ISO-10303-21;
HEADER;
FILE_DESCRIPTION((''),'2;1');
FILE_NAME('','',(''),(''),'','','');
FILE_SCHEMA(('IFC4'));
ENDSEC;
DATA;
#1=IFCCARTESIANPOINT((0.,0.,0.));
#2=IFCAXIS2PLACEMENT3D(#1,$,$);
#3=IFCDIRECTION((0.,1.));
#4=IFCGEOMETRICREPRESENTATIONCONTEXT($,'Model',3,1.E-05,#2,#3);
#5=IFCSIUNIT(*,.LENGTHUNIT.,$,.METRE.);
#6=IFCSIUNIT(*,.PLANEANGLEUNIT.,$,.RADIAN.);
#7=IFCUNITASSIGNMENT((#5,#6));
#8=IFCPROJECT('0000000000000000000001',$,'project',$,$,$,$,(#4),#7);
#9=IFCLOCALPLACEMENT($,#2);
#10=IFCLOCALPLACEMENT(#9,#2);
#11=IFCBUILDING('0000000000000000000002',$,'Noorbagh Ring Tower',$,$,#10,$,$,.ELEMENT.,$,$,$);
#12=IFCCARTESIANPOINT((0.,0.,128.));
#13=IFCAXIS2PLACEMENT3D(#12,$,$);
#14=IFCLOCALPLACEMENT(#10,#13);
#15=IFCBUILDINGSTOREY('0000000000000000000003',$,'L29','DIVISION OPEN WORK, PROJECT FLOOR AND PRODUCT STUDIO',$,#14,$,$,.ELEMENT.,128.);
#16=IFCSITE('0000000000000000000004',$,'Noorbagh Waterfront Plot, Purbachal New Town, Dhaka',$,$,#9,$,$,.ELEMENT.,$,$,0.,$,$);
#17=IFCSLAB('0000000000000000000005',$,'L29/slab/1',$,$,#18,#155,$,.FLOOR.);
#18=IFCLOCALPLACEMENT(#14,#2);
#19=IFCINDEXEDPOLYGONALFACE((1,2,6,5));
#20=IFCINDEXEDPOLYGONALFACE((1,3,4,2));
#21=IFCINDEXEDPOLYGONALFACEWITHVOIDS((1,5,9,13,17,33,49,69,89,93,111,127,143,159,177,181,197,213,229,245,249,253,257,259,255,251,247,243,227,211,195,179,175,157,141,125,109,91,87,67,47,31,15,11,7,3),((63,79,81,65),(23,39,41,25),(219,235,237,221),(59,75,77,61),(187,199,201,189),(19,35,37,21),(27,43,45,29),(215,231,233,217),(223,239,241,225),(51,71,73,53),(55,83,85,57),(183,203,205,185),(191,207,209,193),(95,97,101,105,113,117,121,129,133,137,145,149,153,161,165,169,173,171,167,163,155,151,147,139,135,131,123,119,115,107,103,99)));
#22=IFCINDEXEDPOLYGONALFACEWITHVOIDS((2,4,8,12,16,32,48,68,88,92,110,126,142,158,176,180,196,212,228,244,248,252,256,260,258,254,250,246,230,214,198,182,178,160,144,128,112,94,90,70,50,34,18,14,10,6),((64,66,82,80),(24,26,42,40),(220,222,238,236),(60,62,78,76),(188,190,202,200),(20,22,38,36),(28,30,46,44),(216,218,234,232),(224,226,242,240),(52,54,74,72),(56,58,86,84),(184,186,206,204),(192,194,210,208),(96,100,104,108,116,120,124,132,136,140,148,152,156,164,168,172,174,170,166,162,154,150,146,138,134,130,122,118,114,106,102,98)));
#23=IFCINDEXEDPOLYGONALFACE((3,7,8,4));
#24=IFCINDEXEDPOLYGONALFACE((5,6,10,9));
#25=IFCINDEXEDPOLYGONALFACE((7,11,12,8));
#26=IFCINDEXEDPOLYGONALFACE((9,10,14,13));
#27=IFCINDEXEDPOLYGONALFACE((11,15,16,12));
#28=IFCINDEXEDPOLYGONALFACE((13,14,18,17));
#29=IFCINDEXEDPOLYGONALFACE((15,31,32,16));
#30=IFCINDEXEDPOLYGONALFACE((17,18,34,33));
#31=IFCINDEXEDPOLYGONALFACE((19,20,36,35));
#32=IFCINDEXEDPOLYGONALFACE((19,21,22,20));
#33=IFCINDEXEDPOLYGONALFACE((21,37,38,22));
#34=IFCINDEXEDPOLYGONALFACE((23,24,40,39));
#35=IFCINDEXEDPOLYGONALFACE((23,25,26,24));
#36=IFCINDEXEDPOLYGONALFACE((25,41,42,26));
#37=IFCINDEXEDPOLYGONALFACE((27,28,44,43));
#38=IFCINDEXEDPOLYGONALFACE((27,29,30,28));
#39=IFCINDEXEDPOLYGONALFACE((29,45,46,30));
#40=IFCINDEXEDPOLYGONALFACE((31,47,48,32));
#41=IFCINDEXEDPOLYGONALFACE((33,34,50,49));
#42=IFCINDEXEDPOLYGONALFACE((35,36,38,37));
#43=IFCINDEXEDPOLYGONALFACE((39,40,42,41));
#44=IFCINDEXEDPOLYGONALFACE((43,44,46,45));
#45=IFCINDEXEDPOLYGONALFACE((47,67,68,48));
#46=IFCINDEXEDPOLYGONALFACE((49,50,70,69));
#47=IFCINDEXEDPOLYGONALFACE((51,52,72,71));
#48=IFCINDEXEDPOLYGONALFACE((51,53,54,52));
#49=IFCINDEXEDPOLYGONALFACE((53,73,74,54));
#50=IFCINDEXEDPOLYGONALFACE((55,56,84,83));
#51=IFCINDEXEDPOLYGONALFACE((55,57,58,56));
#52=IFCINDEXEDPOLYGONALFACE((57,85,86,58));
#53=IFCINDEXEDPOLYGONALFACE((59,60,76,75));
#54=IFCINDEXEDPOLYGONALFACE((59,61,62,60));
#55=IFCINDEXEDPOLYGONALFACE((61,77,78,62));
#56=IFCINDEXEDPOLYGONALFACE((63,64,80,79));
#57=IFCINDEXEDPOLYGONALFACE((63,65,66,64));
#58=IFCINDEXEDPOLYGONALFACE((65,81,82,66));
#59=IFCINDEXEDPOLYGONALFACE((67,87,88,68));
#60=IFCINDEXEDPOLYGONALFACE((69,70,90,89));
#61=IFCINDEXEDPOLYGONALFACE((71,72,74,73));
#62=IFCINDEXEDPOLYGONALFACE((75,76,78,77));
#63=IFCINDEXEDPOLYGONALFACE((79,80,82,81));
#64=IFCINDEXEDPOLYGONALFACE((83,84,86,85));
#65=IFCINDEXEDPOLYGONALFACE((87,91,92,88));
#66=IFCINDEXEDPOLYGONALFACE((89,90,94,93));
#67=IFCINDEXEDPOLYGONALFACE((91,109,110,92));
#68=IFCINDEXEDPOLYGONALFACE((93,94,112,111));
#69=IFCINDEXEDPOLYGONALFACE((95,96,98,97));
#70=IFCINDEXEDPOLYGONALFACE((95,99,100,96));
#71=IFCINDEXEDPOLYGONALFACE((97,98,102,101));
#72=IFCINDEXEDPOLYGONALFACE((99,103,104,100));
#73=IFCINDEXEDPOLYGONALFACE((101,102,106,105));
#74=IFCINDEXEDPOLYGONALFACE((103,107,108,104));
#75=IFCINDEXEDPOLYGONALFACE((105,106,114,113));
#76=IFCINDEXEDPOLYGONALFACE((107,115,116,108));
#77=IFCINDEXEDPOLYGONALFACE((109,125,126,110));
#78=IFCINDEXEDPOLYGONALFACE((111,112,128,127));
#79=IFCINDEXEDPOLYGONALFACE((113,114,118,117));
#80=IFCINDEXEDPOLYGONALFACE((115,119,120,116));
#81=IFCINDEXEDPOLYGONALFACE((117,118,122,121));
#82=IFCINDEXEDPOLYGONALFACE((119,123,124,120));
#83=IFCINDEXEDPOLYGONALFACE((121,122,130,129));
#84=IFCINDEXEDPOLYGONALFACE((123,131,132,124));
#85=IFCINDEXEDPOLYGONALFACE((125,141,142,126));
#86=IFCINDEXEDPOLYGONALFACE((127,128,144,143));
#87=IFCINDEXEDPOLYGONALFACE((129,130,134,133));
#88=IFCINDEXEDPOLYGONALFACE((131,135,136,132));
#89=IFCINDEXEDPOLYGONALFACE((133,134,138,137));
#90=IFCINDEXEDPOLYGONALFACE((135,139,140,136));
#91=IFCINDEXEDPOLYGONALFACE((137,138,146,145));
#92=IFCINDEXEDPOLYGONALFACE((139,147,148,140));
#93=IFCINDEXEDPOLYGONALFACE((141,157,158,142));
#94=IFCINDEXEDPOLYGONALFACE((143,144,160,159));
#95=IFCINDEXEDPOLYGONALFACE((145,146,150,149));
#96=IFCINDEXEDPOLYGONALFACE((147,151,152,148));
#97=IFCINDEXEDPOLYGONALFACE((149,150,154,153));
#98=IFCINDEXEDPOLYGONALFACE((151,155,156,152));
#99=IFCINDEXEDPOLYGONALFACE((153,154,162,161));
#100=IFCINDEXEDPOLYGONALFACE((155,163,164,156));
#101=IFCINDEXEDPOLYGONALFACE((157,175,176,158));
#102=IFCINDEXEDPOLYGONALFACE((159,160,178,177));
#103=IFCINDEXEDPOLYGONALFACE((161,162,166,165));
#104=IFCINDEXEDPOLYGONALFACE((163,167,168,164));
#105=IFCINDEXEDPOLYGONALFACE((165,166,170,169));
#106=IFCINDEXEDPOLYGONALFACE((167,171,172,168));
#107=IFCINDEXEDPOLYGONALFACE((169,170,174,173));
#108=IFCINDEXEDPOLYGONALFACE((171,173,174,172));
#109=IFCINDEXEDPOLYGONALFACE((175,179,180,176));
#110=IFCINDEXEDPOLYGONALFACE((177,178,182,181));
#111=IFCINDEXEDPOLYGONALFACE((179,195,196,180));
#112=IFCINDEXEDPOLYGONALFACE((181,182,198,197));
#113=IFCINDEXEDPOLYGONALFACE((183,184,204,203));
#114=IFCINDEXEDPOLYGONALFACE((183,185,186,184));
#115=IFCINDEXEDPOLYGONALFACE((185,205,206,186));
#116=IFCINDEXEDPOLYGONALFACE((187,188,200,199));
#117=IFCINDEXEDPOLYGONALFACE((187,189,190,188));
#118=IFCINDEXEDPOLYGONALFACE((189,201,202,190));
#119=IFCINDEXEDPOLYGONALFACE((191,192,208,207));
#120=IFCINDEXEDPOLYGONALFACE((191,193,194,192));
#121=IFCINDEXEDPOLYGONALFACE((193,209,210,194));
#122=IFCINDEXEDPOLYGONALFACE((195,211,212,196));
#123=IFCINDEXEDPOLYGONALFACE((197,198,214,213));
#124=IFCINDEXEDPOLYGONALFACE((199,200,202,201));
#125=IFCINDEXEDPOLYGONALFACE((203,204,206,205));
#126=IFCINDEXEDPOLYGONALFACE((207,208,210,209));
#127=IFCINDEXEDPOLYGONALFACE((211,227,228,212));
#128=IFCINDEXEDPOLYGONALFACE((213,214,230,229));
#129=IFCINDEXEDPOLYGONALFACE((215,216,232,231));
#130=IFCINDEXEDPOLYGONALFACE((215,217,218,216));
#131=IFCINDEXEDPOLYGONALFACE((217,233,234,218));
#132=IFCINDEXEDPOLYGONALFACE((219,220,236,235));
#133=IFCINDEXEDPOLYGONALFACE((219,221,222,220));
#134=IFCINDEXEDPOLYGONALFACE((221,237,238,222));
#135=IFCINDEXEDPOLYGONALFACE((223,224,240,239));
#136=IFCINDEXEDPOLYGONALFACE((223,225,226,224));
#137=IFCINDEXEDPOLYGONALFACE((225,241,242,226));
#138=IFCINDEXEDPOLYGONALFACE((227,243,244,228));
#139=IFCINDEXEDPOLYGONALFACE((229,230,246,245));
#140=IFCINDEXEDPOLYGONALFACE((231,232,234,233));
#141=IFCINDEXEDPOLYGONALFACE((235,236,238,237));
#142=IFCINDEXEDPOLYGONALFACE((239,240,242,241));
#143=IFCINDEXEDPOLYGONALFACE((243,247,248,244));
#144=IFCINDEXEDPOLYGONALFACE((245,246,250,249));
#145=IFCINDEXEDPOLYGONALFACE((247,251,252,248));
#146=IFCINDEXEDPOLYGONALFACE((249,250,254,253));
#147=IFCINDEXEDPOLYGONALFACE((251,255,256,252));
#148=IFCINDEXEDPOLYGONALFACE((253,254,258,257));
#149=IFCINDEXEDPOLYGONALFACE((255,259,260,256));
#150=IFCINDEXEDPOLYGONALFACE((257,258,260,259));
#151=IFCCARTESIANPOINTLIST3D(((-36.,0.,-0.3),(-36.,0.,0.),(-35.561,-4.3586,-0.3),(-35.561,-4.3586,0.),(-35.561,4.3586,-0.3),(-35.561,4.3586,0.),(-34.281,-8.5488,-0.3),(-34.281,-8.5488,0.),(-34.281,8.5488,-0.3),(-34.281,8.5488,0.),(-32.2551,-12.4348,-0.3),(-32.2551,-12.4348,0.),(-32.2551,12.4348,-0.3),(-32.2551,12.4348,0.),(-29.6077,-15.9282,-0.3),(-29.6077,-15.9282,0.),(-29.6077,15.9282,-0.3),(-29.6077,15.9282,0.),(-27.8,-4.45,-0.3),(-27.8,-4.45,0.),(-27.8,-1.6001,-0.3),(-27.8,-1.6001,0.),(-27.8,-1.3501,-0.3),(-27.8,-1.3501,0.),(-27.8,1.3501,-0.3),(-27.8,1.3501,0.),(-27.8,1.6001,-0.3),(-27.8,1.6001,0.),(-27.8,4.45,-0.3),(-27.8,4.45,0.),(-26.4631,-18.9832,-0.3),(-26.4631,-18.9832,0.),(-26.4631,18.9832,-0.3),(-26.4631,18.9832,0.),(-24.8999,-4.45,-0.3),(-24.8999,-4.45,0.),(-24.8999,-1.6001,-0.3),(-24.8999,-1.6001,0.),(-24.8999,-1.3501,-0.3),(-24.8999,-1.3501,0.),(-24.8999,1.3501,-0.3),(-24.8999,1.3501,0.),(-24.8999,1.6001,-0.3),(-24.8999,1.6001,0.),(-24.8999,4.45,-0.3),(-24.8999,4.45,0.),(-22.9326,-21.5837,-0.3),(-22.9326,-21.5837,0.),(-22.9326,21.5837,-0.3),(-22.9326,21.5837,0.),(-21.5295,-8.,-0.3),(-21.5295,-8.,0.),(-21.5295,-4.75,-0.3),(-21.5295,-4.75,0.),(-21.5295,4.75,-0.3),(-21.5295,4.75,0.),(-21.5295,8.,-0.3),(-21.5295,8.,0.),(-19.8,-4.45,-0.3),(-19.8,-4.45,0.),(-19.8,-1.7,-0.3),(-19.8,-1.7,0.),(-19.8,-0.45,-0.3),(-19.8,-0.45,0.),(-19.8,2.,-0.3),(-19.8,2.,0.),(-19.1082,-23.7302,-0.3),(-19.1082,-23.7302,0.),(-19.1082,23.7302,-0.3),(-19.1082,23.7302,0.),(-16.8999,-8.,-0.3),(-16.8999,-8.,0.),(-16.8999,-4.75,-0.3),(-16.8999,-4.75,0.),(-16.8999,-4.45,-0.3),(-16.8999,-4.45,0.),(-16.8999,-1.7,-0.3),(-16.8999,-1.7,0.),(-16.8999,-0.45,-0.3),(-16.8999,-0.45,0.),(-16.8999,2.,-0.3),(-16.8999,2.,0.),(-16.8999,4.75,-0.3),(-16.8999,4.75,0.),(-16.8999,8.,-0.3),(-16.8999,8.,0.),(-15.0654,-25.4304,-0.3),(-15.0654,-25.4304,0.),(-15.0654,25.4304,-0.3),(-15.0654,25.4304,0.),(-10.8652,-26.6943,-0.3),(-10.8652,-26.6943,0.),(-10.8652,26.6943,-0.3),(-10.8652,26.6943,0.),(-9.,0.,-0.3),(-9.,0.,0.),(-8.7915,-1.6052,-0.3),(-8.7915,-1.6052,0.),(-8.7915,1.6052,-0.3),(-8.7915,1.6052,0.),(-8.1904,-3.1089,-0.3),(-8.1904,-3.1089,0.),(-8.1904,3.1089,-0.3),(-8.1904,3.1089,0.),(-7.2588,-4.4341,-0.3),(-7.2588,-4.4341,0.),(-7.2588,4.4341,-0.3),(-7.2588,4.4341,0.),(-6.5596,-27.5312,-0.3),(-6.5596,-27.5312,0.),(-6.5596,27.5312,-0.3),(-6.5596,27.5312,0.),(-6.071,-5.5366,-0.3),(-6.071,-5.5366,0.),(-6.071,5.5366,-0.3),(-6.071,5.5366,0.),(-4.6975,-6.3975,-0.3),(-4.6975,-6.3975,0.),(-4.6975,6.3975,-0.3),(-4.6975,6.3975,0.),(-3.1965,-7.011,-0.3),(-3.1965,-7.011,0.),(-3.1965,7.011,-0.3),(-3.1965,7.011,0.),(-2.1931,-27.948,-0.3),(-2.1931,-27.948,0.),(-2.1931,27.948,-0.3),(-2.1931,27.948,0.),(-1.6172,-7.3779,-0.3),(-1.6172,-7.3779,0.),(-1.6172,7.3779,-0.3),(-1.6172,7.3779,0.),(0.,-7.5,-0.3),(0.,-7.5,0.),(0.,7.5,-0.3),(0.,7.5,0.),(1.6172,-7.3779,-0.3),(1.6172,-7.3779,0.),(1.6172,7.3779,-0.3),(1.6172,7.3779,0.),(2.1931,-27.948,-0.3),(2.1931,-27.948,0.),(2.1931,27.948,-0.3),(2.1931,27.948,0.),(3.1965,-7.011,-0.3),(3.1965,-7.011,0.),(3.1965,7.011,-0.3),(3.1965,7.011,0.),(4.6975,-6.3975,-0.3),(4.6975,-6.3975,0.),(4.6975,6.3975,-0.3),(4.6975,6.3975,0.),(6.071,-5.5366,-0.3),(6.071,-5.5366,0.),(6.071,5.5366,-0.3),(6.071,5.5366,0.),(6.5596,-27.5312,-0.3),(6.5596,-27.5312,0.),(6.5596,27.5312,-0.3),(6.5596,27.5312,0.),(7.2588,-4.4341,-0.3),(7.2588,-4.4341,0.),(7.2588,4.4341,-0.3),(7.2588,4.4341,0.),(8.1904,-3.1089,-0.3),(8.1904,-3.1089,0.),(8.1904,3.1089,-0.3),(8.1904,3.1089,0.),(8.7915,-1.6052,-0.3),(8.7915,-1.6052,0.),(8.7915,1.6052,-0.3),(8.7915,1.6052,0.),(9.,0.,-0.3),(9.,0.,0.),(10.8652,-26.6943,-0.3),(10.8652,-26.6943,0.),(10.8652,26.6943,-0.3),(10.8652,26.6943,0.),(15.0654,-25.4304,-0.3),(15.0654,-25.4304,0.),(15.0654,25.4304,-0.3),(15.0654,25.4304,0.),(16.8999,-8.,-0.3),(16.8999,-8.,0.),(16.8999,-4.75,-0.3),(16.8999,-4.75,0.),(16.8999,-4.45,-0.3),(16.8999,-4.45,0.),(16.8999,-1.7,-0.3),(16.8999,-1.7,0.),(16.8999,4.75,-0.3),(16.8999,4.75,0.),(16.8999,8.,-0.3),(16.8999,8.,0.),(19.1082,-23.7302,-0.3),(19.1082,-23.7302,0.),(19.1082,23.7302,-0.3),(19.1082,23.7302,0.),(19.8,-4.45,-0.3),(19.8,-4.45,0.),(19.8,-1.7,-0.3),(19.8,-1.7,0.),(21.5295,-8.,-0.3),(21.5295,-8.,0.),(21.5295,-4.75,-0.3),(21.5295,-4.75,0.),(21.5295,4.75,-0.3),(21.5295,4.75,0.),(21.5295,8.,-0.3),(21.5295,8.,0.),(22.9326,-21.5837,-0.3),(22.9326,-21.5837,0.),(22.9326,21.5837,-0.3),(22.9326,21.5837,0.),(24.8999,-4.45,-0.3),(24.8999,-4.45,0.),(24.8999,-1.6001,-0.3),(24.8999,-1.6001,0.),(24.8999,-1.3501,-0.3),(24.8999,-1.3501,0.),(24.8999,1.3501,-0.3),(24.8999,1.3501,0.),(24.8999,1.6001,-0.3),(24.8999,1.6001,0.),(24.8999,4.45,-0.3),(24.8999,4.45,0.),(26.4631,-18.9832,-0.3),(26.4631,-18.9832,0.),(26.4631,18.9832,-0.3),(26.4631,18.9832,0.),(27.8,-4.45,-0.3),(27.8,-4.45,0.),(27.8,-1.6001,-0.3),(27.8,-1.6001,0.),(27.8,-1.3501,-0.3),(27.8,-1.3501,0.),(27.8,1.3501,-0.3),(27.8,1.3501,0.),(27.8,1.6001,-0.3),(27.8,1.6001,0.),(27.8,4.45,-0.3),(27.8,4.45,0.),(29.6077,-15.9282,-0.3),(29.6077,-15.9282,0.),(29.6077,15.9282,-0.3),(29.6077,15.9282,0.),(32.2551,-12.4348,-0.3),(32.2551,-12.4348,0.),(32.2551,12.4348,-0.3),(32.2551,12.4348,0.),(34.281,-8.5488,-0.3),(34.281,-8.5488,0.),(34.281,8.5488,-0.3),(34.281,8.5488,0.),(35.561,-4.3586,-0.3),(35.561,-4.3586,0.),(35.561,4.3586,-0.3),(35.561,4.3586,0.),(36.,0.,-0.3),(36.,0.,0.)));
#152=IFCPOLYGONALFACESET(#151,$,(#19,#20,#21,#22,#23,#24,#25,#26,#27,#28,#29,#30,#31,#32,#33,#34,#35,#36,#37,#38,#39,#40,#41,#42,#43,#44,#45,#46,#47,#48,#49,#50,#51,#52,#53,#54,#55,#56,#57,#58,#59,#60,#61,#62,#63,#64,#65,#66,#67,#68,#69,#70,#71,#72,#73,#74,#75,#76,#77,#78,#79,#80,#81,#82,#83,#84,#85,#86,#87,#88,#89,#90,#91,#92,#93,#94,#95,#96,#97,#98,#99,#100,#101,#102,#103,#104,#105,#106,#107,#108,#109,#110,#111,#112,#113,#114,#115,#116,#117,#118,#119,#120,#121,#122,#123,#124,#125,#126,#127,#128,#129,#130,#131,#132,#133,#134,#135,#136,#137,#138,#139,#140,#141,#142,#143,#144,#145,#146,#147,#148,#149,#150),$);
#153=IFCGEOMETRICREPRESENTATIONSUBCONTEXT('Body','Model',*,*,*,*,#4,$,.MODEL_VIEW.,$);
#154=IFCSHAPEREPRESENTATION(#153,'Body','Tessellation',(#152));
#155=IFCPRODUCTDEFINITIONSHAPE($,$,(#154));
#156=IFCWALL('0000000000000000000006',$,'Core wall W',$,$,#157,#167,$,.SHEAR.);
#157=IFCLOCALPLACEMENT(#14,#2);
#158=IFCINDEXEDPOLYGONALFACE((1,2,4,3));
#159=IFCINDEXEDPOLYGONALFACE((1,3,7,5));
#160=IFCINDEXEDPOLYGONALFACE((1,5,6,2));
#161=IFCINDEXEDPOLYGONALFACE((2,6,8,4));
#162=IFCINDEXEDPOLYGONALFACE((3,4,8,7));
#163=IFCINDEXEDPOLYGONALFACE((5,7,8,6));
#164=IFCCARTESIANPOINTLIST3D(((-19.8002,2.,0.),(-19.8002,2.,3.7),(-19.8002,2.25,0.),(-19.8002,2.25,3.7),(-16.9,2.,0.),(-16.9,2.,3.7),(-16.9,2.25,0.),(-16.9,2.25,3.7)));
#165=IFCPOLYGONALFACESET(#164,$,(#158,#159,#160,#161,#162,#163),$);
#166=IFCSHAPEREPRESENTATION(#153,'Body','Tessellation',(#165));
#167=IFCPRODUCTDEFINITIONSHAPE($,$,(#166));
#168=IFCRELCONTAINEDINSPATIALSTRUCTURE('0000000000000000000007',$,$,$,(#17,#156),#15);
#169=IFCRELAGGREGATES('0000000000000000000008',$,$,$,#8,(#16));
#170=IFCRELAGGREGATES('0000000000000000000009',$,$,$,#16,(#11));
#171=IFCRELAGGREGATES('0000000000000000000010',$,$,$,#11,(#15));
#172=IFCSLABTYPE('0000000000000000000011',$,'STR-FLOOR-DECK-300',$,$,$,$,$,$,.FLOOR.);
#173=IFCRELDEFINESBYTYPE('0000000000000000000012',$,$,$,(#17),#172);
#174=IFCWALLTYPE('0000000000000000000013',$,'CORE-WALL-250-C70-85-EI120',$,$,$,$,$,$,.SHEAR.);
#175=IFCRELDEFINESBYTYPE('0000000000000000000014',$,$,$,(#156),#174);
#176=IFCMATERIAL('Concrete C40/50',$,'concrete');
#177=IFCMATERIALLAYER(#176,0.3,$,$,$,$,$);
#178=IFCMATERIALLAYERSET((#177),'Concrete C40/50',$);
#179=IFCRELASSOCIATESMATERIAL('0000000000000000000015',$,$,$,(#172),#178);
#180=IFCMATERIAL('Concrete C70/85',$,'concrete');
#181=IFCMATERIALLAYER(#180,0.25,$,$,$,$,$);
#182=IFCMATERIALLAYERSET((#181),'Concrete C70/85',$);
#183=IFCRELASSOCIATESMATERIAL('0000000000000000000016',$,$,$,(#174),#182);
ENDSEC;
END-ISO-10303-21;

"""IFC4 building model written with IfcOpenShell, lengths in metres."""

from ifc_helpers import new_model, si_unit, direction, frame, frame_2d, origin, place, context, subcontext, project, spatial, polyline, rectangle, outline, extrude, material, layer, layer_set, type_object, element, save


model = new_model("IFC4")

# Units and contexts
model_context = context("Model", 3, precision=1e-05, world=origin(), true_north=direction((0.0, 1.0)))
body_context = subcontext(model_context, "Body", "Model", "MODEL_VIEW")
ifc_project = project(units=[si_unit("LENGTHUNIT", "METRE"), si_unit("PLANEANGLEUNIT", "RADIAN")], contexts=[model_context])

# Site, building, storey
site_placement = place(None, origin())
site = spatial("IfcSite", under=ifc_project, at=site_placement, Name="Noorbagh Waterfront Plot, Purbachal New Town, Dhaka", CompositionType="ELEMENT", RefElevation=0.0)
building_placement = place(site_placement, origin())
building = spatial("IfcBuilding", under=site, at=building_placement, Name="Noorbagh Ring Tower", CompositionType="ELEMENT")
storey_placement = place(building_placement, frame((0.0, 0.0, 128.0)))
storey = spatial("IfcBuildingStorey", under=building, at=storey_placement, Name="L29", Description="DIVISION OPEN WORK, PROJECT FLOOR AND PRODUCT STUDIO", CompositionType="ELEMENT", Elevation=128.0)

# Slab
ifc_material_1 = material(Name="Concrete C40/50", Category="concrete")
ifc_layer_1 = layer(ifc_material_1, 0.3)
ifc_layer_set_1 = layer_set([ifc_layer_1], Name="Concrete C40/50")
slab_type_1 = type_object("IfcSlabType", Name="STR-FLOOR-DECK-300", PredefinedType="FLOOR", material=ifc_layer_set_1)
slab_1_placement = place(storey_placement, frame((0.0, 0.0, -0.3)))
element("IfcSlab", 1, at=slab_1_placement, inside=storey, type_object=slab_type_1, Name="L29/slab/1", PredefinedType="FLOOR", context=body_context, shape_type="SweptSolid", body=[
    extrude(outline(polyline([(36.0, 0.0), (35.561, 4.3586), (34.281, 8.5488), (32.2551, 12.4348), (29.6077, 15.9282), (26.4631, 18.9832), (22.9326, 21.5837), (19.1082, 23.7302), (15.0654, 25.4304), (10.8652, 26.6943), (6.5596, 27.5312), (2.1931, 27.948), (-2.1931, 27.948), (-6.5596, 27.5312), (-10.8652, 26.6943), (-15.0654, 25.4304), (-19.1082, 23.7302), (-22.9326, 21.5837), (-26.4631, 18.9832), (-29.6077, 15.9282), (-32.2551, 12.4348), (-34.281, 8.5488), (-35.561, 4.3586), (-36.0, 0.0), (-35.561, -4.3586), (-34.281, -8.5488), (-32.2551, -12.4348), (-29.6077, -15.9282), (-26.4631, -18.9832), (-22.9326, -21.5837), (-19.1082, -23.7302), (-15.0654, -25.4304), (-10.8652, -26.6943), (-6.5596, -27.5312), (-2.1931, -27.948), (2.1931, -27.948), (6.5596, -27.5312), (10.8652, -26.6943), (15.0654, -25.4304), (19.1082, -23.7302), (22.9326, -21.5837), (26.4631, -18.9832), (29.6077, -15.9282), (32.2551, -12.4348), (34.281, -8.5488), (35.561, -4.3586), (36.0, 0.0)]), holes=[polyline([(24.8999, -1.6001), (27.8, -1.6001), (27.8, -4.45), (24.8999, -4.45), (24.8999, -1.6001)]), polyline([(24.8999, 1.3501), (27.8, 1.3501), (27.8, -1.3501), (24.8999, -1.3501), (24.8999, 1.3501)]), polyline([(24.8999, 4.45), (27.8, 4.45), (27.8, 1.6001), (24.8999, 1.6001), (24.8999, 4.45)]), polyline([(21.5295, -4.75), (21.5295, -8.0), (16.8999, -8.0), (16.8999, -4.75), (21.5295, -4.75)]), polyline([(21.5295, 4.75), (16.8999, 4.75), (16.8999, 8.0), (21.5295, 8.0), (21.5295, 4.75)]), polyline([(16.8999, -1.7), (19.8, -1.7), (19.8, -4.45), (16.8999, -4.45), (16.8999, -1.7)]), polyline([(4.6975, -6.3975), (3.1965, -7.011), (1.6172, -7.3779), (0.0, -7.5), (-1.6172, -7.3779), (-3.1965, -7.011), (-4.6975, -6.3975), (-6.071, -5.5366), (-7.2588, -4.4341), (-8.1904, -3.1089), (-8.7915, -1.6052), (-9.0, 0.0), (-8.7915, 1.6052), (-8.1904, 3.1089), (-7.2588, 4.4341), (-6.071, 5.5366), (-4.6975, 6.3975), (-3.1965, 7.011), (-1.6172, 7.3779), (0.0, 7.5), (1.6172, 7.3779), (3.1965, 7.011), (4.6975, 6.3975), (6.071, 5.5366), (7.2588, 4.4341), (8.1904, 3.1089), (8.7915, 1.6052), (9.0, 0.0), (8.7915, -1.6052), (8.1904, -3.1089), (7.2588, -4.4341), (6.071, -5.5366), (4.6975, -6.3975)]), polyline([(-21.5295, -8.0), (-21.5295, -4.75), (-16.8999, -4.75), (-16.8999, -8.0), (-21.5295, -8.0)]), polyline([(-21.5295, 8.0), (-16.8999, 8.0), (-16.8999, 4.75), (-21.5295, 4.75), (-21.5295, 8.0)]), polyline([(-16.8999, -4.45), (-19.8, -4.45), (-19.8, -1.7), (-16.8999, -1.7), (-16.8999, -4.45)]), polyline([(-16.8999, -0.45), (-19.8, -0.45), (-19.8, 2.0), (-16.8999, 2.0), (-16.8999, -0.45)]), polyline([(-24.8999, -4.45), (-27.8, -4.45), (-27.8, -1.6001), (-24.8999, -1.6001), (-24.8999, -4.45)]), polyline([(-24.8999, -1.3501), (-27.8, -1.3501), (-27.8, 1.3501), (-24.8999, 1.3501), (-24.8999, -1.3501)]), polyline([(-24.8999, 1.6001), (-27.8, 1.6001), (-27.8, 4.45), (-24.8999, 4.45), (-24.8999, 1.6001)])]), origin(), (0.0, 0.0, 1.0), 0.3),
])

# Wall
ifc_material_2 = material(Name="Concrete C70/85", Category="concrete")
ifc_layer_2 = layer(ifc_material_2, 0.25)
ifc_layer_set_2 = layer_set([ifc_layer_2], Name="Concrete C70/85")
wall_type_1 = type_object("IfcWallType", Name="CORE-WALL-250-C70-85-EI120", PredefinedType="SHEAR", material=ifc_layer_set_2)
wall_1_placement = place(storey_placement, frame((-16.8999, 2.125, 0.0), z_axis=(0.0, 0.0, 1.0), x_axis=(-1.0, 0.0, 0.0)))
element("IfcWall", 2, at=wall_1_placement, inside=storey, type_object=wall_type_1, Name="Core wall W", PredefinedType="SHEAR", context=body_context, shape_type="SweptSolid", body=[
    extrude(rectangle(XDim=2.9001, YDim=0.25, at=frame_2d((1.4502, 0.0))), origin(), (0.0, 0.0, 1.0), 3.7),
])

save(model, "model.ifc")
